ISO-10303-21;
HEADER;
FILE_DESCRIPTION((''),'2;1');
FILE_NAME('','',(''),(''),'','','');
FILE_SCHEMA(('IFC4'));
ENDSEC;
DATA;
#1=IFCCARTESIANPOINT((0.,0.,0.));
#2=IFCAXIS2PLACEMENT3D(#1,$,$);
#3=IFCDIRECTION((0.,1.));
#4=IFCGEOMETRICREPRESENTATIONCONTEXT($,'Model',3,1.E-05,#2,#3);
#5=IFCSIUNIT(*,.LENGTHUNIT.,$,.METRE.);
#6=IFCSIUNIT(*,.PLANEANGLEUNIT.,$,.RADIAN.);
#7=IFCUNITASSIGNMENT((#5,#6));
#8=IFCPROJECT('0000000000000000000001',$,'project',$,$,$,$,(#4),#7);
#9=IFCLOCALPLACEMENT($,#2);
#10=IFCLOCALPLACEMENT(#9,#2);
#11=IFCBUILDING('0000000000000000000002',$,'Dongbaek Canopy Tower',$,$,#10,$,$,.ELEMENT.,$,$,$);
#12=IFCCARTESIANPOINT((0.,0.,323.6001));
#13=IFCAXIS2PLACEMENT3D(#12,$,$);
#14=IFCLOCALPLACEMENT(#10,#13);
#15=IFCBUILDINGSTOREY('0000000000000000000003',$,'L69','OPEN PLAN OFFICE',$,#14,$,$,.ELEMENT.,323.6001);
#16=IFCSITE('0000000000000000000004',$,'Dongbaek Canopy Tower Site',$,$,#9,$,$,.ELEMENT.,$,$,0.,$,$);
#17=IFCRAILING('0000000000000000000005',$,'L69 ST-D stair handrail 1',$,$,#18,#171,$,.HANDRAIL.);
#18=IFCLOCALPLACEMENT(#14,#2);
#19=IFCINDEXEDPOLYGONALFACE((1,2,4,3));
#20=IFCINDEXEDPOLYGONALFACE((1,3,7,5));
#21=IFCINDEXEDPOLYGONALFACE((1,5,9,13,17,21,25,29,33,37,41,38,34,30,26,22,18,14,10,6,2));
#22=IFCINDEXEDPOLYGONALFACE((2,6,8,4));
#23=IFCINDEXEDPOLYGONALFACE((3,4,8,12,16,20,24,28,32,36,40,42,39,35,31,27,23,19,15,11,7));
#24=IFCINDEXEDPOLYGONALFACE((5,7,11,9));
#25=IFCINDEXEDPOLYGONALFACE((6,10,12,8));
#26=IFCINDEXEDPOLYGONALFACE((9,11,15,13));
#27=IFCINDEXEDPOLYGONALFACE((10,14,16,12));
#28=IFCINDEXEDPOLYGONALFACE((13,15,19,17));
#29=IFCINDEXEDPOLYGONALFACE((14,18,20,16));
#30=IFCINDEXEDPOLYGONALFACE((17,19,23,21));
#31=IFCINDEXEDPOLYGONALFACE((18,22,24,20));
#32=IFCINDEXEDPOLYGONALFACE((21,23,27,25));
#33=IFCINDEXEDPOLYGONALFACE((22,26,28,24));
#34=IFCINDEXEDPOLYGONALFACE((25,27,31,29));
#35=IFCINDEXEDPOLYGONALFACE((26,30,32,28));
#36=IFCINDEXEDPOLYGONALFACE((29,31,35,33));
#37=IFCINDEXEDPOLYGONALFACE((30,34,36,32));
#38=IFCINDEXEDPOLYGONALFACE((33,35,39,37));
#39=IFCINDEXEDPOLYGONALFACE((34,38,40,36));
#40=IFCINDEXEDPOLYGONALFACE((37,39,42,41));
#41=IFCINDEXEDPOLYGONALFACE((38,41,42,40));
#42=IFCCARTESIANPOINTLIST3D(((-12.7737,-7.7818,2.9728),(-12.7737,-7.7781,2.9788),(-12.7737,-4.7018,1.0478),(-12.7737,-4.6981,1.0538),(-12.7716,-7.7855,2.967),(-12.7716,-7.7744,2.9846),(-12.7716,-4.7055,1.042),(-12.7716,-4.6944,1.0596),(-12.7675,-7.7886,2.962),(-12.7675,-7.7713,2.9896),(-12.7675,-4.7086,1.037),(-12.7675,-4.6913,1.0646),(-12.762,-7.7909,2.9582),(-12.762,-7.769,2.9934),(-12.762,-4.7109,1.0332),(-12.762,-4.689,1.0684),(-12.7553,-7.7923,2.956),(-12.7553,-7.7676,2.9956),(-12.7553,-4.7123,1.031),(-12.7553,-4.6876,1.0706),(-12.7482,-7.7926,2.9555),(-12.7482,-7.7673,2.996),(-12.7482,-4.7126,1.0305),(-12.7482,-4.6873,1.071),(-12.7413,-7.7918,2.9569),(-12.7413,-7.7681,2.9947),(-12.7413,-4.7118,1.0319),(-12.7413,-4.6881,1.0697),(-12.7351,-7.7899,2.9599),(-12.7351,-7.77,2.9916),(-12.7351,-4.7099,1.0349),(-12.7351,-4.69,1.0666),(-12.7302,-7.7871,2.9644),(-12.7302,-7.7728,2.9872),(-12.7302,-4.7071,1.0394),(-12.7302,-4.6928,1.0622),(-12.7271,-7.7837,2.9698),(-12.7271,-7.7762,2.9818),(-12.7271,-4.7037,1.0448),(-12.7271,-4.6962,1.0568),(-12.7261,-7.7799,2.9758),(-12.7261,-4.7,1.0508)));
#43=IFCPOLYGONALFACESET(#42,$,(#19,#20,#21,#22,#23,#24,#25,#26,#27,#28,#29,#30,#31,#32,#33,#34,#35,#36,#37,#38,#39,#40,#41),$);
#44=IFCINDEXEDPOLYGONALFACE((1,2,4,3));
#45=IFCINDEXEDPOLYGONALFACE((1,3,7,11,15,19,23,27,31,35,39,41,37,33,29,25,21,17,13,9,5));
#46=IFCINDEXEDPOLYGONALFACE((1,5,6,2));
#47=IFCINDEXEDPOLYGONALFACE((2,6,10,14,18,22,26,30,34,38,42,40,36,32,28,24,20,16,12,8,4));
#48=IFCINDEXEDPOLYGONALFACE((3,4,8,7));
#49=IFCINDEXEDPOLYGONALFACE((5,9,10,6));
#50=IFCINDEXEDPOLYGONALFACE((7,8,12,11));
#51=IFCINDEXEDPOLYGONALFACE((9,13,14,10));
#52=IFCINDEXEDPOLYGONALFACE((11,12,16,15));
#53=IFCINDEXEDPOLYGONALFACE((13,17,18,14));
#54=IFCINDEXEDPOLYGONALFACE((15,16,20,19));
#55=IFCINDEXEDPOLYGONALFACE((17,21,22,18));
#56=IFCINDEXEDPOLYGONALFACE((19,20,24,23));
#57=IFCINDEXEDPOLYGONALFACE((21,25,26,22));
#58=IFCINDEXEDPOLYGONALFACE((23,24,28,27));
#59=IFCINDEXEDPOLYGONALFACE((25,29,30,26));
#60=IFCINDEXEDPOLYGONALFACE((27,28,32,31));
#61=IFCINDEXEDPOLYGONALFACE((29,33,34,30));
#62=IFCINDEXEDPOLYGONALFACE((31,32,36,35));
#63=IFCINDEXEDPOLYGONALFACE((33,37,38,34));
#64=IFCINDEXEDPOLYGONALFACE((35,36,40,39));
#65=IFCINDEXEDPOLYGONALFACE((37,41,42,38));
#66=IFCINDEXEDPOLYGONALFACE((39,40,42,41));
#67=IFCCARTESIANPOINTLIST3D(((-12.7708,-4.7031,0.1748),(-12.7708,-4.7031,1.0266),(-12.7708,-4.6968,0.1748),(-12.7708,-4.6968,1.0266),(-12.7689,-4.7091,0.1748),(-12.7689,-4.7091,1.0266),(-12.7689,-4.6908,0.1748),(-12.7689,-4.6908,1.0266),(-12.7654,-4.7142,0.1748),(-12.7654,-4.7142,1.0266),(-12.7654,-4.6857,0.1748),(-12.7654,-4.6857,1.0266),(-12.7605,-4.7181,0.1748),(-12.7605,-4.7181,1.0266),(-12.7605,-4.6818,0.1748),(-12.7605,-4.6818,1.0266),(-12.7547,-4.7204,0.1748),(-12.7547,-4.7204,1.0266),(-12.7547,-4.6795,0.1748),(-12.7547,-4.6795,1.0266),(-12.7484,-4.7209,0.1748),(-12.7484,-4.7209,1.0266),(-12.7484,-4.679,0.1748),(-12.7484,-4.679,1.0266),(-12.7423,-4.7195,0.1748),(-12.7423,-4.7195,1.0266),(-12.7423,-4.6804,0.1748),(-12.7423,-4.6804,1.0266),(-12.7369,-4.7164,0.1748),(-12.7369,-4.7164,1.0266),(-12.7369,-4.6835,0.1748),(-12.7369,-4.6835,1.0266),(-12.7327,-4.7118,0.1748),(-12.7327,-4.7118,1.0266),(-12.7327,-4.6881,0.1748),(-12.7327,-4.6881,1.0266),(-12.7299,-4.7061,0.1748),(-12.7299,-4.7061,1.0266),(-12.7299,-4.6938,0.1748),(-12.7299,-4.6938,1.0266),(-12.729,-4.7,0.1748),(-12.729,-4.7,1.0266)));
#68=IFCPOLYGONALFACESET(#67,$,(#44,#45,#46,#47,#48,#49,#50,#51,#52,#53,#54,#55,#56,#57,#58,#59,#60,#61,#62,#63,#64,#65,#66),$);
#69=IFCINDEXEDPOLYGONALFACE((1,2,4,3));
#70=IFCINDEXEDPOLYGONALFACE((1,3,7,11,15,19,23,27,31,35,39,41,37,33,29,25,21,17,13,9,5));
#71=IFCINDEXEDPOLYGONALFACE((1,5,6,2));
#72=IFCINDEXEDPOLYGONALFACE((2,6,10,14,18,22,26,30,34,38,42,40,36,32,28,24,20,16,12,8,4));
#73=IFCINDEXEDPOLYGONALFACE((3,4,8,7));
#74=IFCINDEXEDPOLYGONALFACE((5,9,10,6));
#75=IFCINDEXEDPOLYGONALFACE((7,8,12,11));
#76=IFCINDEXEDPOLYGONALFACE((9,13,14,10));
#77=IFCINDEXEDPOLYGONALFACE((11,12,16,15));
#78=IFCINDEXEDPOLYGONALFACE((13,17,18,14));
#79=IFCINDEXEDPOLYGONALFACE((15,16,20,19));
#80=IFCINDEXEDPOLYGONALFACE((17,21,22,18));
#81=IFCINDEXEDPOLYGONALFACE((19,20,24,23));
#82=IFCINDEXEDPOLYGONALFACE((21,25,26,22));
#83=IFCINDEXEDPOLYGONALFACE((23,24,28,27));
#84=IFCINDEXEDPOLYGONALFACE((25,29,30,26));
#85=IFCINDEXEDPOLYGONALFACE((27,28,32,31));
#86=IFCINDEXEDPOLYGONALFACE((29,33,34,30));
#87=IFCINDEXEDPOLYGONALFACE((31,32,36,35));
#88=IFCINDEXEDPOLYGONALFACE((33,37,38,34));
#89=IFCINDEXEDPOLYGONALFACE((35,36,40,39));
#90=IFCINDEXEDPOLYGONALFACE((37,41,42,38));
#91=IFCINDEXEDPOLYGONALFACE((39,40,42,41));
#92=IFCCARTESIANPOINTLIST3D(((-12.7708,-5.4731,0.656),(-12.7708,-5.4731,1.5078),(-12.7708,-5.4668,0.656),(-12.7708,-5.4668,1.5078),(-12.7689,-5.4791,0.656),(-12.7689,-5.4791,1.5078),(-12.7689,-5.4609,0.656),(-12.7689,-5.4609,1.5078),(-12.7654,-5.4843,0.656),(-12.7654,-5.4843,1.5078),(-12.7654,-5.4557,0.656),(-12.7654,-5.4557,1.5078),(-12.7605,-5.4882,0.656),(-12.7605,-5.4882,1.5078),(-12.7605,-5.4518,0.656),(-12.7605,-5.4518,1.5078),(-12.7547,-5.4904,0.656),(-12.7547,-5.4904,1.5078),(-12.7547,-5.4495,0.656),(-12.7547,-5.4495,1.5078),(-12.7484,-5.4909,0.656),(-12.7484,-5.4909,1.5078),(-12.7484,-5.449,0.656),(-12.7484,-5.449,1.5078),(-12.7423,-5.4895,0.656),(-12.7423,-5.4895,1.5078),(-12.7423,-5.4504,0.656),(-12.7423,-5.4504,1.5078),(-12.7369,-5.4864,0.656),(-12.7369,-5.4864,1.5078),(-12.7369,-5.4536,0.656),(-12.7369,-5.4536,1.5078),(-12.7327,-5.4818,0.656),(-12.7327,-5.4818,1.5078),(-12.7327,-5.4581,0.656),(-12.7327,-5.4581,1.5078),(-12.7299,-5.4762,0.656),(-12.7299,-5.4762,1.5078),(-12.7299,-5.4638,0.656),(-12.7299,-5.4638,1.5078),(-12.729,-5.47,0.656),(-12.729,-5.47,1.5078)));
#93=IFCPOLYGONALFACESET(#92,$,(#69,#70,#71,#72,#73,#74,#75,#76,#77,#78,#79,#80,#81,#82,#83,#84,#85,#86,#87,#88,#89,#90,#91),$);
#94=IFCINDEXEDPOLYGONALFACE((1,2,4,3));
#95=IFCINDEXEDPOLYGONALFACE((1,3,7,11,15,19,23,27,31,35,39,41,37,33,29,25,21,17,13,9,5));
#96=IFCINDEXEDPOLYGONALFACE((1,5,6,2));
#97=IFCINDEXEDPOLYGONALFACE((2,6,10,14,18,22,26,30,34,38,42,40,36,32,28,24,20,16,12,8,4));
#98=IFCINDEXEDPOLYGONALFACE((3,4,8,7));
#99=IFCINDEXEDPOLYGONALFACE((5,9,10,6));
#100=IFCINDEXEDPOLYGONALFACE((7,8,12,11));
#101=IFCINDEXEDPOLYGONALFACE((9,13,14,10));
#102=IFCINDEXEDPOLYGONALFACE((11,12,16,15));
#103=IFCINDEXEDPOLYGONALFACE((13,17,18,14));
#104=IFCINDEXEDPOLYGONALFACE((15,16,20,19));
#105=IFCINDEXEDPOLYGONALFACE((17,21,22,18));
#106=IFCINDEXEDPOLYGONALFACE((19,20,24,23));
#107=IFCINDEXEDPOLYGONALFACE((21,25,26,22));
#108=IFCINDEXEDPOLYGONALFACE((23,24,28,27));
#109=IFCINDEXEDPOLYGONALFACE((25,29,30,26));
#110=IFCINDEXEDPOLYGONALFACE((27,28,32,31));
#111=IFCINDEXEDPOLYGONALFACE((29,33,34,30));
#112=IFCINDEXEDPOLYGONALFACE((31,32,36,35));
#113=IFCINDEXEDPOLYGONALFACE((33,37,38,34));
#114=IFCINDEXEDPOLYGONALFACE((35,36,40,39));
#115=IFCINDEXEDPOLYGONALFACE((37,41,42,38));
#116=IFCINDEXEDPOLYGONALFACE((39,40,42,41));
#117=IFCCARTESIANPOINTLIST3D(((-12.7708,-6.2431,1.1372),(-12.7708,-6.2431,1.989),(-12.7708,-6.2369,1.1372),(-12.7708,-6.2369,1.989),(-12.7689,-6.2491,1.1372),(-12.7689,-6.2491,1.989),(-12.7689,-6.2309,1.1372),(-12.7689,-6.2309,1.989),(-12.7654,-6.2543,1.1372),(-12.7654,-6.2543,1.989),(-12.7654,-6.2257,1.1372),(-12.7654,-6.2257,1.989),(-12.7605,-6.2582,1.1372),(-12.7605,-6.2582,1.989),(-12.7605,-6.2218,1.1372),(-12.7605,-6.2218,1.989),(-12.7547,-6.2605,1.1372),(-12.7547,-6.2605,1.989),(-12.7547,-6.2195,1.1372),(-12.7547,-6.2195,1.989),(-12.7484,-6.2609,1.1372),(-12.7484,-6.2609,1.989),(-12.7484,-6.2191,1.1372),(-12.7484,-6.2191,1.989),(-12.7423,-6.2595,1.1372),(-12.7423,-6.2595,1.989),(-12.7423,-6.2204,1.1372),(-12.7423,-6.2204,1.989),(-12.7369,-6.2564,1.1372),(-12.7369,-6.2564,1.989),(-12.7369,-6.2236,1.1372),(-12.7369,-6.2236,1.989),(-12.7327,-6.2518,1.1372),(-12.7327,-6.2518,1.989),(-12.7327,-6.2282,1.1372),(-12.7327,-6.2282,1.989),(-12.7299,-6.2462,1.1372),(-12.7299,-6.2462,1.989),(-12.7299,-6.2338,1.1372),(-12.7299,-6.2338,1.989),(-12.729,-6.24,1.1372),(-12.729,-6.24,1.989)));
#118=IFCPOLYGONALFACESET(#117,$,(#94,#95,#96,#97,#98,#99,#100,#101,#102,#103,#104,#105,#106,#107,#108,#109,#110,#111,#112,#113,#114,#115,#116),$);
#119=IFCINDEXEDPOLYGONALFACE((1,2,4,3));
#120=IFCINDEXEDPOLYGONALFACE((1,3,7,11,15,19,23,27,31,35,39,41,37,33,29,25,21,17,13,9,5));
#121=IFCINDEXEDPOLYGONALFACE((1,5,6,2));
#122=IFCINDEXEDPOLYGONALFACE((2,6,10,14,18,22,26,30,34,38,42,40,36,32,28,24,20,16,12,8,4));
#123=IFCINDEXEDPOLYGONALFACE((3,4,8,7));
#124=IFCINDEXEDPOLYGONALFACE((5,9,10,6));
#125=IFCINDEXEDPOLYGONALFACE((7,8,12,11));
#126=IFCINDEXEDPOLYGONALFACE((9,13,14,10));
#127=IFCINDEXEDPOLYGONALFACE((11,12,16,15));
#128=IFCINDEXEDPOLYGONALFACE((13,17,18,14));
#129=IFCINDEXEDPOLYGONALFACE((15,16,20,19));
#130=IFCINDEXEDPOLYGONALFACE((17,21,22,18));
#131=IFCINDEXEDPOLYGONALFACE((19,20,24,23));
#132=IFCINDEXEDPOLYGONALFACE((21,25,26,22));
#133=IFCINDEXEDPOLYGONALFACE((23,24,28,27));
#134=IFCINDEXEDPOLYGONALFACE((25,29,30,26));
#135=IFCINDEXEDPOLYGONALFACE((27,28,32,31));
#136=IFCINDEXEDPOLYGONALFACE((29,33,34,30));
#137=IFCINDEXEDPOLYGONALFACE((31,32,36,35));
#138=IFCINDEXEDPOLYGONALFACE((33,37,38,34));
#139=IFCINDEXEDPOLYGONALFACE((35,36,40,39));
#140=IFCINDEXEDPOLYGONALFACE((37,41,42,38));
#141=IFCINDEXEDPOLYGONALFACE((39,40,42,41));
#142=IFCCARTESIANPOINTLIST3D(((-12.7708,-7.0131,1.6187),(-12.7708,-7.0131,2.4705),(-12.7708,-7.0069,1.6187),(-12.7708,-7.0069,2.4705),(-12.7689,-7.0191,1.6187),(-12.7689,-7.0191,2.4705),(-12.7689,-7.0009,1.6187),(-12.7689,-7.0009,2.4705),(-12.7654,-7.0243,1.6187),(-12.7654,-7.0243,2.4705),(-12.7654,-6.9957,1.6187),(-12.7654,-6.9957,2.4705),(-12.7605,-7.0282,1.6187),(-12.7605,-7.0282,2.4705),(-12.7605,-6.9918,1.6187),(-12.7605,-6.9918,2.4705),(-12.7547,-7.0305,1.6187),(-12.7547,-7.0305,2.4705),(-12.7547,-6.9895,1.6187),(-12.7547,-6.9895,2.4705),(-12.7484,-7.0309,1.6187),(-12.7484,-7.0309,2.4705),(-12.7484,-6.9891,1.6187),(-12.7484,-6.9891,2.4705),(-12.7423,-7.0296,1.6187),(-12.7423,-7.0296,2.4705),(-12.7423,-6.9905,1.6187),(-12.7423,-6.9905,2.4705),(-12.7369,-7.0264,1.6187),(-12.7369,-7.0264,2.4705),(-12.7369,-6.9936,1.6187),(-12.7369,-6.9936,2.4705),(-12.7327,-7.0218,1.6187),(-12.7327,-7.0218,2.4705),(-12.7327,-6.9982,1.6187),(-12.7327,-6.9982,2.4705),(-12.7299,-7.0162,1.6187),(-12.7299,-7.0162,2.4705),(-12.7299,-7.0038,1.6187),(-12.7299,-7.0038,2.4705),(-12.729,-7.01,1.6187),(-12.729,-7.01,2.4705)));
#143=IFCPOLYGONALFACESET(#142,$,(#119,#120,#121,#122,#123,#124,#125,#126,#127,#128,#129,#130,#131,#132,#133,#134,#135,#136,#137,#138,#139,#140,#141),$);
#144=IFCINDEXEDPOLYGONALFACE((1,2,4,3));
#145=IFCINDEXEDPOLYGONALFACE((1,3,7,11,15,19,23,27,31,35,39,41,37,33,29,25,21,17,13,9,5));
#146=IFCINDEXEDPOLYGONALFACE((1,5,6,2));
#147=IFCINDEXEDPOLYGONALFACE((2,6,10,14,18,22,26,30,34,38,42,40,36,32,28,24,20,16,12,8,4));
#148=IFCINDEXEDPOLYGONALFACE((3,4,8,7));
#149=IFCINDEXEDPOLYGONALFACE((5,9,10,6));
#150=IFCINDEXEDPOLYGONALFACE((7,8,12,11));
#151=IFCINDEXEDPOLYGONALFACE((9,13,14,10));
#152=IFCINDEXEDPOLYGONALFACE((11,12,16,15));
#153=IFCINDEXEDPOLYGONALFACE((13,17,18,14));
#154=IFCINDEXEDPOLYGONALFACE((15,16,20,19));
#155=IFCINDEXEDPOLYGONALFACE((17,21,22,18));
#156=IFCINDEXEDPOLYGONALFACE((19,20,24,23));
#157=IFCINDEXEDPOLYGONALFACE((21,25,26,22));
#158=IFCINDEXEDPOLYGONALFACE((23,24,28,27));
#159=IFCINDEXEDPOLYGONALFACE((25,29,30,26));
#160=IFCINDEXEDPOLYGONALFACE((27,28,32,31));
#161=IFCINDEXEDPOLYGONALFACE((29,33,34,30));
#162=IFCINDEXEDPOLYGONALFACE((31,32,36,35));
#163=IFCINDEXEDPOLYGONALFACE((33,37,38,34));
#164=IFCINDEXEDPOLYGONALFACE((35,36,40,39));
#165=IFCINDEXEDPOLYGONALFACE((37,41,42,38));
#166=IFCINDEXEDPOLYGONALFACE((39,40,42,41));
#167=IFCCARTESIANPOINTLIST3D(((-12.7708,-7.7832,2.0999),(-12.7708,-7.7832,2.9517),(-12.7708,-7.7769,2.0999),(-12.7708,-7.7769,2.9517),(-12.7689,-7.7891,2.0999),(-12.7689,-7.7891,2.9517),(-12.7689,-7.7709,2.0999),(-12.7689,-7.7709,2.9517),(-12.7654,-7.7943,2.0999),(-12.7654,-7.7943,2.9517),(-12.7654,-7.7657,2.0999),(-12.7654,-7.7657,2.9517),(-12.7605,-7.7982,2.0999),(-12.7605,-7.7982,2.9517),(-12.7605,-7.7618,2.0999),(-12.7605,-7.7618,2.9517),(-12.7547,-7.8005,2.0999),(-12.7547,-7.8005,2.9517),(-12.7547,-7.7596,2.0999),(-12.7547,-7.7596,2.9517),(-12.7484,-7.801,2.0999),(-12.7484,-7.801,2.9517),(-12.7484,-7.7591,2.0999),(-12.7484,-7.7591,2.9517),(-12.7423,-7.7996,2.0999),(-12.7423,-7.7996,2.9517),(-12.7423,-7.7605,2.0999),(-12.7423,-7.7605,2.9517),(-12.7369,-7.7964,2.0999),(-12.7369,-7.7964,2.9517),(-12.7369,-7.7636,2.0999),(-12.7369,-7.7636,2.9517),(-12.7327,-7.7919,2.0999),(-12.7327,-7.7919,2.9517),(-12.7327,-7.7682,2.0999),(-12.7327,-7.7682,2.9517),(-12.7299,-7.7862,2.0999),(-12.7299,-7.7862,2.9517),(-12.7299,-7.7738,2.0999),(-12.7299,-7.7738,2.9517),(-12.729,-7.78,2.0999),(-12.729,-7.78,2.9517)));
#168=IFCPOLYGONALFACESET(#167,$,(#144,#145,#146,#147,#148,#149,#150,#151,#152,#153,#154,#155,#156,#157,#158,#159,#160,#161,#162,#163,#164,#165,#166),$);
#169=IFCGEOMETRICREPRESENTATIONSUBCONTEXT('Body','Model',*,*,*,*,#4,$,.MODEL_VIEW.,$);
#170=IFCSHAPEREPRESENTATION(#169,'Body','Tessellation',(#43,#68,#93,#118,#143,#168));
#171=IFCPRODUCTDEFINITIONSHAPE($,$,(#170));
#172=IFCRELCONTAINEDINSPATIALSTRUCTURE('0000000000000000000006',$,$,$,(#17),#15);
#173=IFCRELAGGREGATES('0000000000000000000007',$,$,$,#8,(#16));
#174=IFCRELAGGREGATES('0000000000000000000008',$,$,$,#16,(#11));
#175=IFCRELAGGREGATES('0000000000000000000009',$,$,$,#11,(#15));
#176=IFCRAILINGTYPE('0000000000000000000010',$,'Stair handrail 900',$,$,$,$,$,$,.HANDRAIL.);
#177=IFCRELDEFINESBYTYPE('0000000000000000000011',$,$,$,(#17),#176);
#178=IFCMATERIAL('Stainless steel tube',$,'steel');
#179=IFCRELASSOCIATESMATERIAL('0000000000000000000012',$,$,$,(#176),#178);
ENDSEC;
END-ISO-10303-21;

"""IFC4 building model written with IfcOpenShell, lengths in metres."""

from ifc_helpers import new_model, si_unit, direction, frame, origin, origin_2d, place, context, subcontext, project, spatial, circle, extrude, material, type_object, element, save


model = new_model("IFC4")

# Units and contexts
model_context = context("Model", 3, precision=1e-05, world=origin(), true_north=direction((0.0, 1.0)))
body_context = subcontext(model_context, "Body", "Model", "MODEL_VIEW")
ifc_project = project(units=[si_unit("LENGTHUNIT", "METRE"), si_unit("PLANEANGLEUNIT", "RADIAN")], contexts=[model_context])

# Site, building, storey
site_placement = place(None, origin())
site = spatial("IfcSite", under=ifc_project, at=site_placement, Name="Dongbaek Canopy Tower Site", CompositionType="ELEMENT", RefElevation=0.0)
building_placement = place(site_placement, origin())
building = spatial("IfcBuilding", under=site, at=building_placement, Name="Dongbaek Canopy Tower", CompositionType="ELEMENT")
storey_placement = place(building_placement, frame((0.0, 0.0, 323.6001)))
storey = spatial("IfcBuildingStorey", under=building, at=storey_placement, Name="L69", Description="OPEN PLAN OFFICE", CompositionType="ELEMENT", Elevation=323.6001)

# Railing
ifc_material_1 = material(Name="Stainless steel tube", Category="steel")
railing_type_1 = type_object("IfcRailingType", Name="Stair handrail 900", PredefinedType="HANDRAIL", material=ifc_material_1)
railing_1_placement = place(storey_placement, frame((-12.75, -4.7, 0.1748)))
element("IfcRailing", 1, at=railing_1_placement, inside=storey, type_object=railing_type_1, Name="L69 ST-D stair handrail 1", PredefinedType="HANDRAIL", context=body_context, shape_type="SweptSolid", body=[
    extrude(circle(Radius=0.0239, at=origin_2d()), frame((0.0, 0.0, 0.876), z_axis=(0.0, -0.847998, 0.529999), x_axis=(1.0, 0.0, 0.0)), (0.0, 0.0, 1.0), 3.6321),
    extrude(circle(Radius=0.021, at=origin_2d()), origin(), (0.0, 0.0, 1.0), 0.8518),
    extrude(circle(Radius=0.021, at=origin_2d()), frame((0.0, -0.77, 0.4812)), (0.0, 0.0, 1.0), 0.8518),
    extrude(circle(Radius=0.021, at=origin_2d()), frame((0.0, -1.54, 0.9624)), (0.0, 0.0, 1.0), 0.8518),
    extrude(circle(Radius=0.021, at=origin_2d()), frame((0.0, -2.3101, 1.4438)), (0.0, 0.0, 1.0), 0.8518),
    extrude(circle(Radius=0.021, at=origin_2d()), frame((0.0, -3.0801, 1.925)), (0.0, 0.0, 1.0), 0.8518),
])

save(model, "model.ifc")
